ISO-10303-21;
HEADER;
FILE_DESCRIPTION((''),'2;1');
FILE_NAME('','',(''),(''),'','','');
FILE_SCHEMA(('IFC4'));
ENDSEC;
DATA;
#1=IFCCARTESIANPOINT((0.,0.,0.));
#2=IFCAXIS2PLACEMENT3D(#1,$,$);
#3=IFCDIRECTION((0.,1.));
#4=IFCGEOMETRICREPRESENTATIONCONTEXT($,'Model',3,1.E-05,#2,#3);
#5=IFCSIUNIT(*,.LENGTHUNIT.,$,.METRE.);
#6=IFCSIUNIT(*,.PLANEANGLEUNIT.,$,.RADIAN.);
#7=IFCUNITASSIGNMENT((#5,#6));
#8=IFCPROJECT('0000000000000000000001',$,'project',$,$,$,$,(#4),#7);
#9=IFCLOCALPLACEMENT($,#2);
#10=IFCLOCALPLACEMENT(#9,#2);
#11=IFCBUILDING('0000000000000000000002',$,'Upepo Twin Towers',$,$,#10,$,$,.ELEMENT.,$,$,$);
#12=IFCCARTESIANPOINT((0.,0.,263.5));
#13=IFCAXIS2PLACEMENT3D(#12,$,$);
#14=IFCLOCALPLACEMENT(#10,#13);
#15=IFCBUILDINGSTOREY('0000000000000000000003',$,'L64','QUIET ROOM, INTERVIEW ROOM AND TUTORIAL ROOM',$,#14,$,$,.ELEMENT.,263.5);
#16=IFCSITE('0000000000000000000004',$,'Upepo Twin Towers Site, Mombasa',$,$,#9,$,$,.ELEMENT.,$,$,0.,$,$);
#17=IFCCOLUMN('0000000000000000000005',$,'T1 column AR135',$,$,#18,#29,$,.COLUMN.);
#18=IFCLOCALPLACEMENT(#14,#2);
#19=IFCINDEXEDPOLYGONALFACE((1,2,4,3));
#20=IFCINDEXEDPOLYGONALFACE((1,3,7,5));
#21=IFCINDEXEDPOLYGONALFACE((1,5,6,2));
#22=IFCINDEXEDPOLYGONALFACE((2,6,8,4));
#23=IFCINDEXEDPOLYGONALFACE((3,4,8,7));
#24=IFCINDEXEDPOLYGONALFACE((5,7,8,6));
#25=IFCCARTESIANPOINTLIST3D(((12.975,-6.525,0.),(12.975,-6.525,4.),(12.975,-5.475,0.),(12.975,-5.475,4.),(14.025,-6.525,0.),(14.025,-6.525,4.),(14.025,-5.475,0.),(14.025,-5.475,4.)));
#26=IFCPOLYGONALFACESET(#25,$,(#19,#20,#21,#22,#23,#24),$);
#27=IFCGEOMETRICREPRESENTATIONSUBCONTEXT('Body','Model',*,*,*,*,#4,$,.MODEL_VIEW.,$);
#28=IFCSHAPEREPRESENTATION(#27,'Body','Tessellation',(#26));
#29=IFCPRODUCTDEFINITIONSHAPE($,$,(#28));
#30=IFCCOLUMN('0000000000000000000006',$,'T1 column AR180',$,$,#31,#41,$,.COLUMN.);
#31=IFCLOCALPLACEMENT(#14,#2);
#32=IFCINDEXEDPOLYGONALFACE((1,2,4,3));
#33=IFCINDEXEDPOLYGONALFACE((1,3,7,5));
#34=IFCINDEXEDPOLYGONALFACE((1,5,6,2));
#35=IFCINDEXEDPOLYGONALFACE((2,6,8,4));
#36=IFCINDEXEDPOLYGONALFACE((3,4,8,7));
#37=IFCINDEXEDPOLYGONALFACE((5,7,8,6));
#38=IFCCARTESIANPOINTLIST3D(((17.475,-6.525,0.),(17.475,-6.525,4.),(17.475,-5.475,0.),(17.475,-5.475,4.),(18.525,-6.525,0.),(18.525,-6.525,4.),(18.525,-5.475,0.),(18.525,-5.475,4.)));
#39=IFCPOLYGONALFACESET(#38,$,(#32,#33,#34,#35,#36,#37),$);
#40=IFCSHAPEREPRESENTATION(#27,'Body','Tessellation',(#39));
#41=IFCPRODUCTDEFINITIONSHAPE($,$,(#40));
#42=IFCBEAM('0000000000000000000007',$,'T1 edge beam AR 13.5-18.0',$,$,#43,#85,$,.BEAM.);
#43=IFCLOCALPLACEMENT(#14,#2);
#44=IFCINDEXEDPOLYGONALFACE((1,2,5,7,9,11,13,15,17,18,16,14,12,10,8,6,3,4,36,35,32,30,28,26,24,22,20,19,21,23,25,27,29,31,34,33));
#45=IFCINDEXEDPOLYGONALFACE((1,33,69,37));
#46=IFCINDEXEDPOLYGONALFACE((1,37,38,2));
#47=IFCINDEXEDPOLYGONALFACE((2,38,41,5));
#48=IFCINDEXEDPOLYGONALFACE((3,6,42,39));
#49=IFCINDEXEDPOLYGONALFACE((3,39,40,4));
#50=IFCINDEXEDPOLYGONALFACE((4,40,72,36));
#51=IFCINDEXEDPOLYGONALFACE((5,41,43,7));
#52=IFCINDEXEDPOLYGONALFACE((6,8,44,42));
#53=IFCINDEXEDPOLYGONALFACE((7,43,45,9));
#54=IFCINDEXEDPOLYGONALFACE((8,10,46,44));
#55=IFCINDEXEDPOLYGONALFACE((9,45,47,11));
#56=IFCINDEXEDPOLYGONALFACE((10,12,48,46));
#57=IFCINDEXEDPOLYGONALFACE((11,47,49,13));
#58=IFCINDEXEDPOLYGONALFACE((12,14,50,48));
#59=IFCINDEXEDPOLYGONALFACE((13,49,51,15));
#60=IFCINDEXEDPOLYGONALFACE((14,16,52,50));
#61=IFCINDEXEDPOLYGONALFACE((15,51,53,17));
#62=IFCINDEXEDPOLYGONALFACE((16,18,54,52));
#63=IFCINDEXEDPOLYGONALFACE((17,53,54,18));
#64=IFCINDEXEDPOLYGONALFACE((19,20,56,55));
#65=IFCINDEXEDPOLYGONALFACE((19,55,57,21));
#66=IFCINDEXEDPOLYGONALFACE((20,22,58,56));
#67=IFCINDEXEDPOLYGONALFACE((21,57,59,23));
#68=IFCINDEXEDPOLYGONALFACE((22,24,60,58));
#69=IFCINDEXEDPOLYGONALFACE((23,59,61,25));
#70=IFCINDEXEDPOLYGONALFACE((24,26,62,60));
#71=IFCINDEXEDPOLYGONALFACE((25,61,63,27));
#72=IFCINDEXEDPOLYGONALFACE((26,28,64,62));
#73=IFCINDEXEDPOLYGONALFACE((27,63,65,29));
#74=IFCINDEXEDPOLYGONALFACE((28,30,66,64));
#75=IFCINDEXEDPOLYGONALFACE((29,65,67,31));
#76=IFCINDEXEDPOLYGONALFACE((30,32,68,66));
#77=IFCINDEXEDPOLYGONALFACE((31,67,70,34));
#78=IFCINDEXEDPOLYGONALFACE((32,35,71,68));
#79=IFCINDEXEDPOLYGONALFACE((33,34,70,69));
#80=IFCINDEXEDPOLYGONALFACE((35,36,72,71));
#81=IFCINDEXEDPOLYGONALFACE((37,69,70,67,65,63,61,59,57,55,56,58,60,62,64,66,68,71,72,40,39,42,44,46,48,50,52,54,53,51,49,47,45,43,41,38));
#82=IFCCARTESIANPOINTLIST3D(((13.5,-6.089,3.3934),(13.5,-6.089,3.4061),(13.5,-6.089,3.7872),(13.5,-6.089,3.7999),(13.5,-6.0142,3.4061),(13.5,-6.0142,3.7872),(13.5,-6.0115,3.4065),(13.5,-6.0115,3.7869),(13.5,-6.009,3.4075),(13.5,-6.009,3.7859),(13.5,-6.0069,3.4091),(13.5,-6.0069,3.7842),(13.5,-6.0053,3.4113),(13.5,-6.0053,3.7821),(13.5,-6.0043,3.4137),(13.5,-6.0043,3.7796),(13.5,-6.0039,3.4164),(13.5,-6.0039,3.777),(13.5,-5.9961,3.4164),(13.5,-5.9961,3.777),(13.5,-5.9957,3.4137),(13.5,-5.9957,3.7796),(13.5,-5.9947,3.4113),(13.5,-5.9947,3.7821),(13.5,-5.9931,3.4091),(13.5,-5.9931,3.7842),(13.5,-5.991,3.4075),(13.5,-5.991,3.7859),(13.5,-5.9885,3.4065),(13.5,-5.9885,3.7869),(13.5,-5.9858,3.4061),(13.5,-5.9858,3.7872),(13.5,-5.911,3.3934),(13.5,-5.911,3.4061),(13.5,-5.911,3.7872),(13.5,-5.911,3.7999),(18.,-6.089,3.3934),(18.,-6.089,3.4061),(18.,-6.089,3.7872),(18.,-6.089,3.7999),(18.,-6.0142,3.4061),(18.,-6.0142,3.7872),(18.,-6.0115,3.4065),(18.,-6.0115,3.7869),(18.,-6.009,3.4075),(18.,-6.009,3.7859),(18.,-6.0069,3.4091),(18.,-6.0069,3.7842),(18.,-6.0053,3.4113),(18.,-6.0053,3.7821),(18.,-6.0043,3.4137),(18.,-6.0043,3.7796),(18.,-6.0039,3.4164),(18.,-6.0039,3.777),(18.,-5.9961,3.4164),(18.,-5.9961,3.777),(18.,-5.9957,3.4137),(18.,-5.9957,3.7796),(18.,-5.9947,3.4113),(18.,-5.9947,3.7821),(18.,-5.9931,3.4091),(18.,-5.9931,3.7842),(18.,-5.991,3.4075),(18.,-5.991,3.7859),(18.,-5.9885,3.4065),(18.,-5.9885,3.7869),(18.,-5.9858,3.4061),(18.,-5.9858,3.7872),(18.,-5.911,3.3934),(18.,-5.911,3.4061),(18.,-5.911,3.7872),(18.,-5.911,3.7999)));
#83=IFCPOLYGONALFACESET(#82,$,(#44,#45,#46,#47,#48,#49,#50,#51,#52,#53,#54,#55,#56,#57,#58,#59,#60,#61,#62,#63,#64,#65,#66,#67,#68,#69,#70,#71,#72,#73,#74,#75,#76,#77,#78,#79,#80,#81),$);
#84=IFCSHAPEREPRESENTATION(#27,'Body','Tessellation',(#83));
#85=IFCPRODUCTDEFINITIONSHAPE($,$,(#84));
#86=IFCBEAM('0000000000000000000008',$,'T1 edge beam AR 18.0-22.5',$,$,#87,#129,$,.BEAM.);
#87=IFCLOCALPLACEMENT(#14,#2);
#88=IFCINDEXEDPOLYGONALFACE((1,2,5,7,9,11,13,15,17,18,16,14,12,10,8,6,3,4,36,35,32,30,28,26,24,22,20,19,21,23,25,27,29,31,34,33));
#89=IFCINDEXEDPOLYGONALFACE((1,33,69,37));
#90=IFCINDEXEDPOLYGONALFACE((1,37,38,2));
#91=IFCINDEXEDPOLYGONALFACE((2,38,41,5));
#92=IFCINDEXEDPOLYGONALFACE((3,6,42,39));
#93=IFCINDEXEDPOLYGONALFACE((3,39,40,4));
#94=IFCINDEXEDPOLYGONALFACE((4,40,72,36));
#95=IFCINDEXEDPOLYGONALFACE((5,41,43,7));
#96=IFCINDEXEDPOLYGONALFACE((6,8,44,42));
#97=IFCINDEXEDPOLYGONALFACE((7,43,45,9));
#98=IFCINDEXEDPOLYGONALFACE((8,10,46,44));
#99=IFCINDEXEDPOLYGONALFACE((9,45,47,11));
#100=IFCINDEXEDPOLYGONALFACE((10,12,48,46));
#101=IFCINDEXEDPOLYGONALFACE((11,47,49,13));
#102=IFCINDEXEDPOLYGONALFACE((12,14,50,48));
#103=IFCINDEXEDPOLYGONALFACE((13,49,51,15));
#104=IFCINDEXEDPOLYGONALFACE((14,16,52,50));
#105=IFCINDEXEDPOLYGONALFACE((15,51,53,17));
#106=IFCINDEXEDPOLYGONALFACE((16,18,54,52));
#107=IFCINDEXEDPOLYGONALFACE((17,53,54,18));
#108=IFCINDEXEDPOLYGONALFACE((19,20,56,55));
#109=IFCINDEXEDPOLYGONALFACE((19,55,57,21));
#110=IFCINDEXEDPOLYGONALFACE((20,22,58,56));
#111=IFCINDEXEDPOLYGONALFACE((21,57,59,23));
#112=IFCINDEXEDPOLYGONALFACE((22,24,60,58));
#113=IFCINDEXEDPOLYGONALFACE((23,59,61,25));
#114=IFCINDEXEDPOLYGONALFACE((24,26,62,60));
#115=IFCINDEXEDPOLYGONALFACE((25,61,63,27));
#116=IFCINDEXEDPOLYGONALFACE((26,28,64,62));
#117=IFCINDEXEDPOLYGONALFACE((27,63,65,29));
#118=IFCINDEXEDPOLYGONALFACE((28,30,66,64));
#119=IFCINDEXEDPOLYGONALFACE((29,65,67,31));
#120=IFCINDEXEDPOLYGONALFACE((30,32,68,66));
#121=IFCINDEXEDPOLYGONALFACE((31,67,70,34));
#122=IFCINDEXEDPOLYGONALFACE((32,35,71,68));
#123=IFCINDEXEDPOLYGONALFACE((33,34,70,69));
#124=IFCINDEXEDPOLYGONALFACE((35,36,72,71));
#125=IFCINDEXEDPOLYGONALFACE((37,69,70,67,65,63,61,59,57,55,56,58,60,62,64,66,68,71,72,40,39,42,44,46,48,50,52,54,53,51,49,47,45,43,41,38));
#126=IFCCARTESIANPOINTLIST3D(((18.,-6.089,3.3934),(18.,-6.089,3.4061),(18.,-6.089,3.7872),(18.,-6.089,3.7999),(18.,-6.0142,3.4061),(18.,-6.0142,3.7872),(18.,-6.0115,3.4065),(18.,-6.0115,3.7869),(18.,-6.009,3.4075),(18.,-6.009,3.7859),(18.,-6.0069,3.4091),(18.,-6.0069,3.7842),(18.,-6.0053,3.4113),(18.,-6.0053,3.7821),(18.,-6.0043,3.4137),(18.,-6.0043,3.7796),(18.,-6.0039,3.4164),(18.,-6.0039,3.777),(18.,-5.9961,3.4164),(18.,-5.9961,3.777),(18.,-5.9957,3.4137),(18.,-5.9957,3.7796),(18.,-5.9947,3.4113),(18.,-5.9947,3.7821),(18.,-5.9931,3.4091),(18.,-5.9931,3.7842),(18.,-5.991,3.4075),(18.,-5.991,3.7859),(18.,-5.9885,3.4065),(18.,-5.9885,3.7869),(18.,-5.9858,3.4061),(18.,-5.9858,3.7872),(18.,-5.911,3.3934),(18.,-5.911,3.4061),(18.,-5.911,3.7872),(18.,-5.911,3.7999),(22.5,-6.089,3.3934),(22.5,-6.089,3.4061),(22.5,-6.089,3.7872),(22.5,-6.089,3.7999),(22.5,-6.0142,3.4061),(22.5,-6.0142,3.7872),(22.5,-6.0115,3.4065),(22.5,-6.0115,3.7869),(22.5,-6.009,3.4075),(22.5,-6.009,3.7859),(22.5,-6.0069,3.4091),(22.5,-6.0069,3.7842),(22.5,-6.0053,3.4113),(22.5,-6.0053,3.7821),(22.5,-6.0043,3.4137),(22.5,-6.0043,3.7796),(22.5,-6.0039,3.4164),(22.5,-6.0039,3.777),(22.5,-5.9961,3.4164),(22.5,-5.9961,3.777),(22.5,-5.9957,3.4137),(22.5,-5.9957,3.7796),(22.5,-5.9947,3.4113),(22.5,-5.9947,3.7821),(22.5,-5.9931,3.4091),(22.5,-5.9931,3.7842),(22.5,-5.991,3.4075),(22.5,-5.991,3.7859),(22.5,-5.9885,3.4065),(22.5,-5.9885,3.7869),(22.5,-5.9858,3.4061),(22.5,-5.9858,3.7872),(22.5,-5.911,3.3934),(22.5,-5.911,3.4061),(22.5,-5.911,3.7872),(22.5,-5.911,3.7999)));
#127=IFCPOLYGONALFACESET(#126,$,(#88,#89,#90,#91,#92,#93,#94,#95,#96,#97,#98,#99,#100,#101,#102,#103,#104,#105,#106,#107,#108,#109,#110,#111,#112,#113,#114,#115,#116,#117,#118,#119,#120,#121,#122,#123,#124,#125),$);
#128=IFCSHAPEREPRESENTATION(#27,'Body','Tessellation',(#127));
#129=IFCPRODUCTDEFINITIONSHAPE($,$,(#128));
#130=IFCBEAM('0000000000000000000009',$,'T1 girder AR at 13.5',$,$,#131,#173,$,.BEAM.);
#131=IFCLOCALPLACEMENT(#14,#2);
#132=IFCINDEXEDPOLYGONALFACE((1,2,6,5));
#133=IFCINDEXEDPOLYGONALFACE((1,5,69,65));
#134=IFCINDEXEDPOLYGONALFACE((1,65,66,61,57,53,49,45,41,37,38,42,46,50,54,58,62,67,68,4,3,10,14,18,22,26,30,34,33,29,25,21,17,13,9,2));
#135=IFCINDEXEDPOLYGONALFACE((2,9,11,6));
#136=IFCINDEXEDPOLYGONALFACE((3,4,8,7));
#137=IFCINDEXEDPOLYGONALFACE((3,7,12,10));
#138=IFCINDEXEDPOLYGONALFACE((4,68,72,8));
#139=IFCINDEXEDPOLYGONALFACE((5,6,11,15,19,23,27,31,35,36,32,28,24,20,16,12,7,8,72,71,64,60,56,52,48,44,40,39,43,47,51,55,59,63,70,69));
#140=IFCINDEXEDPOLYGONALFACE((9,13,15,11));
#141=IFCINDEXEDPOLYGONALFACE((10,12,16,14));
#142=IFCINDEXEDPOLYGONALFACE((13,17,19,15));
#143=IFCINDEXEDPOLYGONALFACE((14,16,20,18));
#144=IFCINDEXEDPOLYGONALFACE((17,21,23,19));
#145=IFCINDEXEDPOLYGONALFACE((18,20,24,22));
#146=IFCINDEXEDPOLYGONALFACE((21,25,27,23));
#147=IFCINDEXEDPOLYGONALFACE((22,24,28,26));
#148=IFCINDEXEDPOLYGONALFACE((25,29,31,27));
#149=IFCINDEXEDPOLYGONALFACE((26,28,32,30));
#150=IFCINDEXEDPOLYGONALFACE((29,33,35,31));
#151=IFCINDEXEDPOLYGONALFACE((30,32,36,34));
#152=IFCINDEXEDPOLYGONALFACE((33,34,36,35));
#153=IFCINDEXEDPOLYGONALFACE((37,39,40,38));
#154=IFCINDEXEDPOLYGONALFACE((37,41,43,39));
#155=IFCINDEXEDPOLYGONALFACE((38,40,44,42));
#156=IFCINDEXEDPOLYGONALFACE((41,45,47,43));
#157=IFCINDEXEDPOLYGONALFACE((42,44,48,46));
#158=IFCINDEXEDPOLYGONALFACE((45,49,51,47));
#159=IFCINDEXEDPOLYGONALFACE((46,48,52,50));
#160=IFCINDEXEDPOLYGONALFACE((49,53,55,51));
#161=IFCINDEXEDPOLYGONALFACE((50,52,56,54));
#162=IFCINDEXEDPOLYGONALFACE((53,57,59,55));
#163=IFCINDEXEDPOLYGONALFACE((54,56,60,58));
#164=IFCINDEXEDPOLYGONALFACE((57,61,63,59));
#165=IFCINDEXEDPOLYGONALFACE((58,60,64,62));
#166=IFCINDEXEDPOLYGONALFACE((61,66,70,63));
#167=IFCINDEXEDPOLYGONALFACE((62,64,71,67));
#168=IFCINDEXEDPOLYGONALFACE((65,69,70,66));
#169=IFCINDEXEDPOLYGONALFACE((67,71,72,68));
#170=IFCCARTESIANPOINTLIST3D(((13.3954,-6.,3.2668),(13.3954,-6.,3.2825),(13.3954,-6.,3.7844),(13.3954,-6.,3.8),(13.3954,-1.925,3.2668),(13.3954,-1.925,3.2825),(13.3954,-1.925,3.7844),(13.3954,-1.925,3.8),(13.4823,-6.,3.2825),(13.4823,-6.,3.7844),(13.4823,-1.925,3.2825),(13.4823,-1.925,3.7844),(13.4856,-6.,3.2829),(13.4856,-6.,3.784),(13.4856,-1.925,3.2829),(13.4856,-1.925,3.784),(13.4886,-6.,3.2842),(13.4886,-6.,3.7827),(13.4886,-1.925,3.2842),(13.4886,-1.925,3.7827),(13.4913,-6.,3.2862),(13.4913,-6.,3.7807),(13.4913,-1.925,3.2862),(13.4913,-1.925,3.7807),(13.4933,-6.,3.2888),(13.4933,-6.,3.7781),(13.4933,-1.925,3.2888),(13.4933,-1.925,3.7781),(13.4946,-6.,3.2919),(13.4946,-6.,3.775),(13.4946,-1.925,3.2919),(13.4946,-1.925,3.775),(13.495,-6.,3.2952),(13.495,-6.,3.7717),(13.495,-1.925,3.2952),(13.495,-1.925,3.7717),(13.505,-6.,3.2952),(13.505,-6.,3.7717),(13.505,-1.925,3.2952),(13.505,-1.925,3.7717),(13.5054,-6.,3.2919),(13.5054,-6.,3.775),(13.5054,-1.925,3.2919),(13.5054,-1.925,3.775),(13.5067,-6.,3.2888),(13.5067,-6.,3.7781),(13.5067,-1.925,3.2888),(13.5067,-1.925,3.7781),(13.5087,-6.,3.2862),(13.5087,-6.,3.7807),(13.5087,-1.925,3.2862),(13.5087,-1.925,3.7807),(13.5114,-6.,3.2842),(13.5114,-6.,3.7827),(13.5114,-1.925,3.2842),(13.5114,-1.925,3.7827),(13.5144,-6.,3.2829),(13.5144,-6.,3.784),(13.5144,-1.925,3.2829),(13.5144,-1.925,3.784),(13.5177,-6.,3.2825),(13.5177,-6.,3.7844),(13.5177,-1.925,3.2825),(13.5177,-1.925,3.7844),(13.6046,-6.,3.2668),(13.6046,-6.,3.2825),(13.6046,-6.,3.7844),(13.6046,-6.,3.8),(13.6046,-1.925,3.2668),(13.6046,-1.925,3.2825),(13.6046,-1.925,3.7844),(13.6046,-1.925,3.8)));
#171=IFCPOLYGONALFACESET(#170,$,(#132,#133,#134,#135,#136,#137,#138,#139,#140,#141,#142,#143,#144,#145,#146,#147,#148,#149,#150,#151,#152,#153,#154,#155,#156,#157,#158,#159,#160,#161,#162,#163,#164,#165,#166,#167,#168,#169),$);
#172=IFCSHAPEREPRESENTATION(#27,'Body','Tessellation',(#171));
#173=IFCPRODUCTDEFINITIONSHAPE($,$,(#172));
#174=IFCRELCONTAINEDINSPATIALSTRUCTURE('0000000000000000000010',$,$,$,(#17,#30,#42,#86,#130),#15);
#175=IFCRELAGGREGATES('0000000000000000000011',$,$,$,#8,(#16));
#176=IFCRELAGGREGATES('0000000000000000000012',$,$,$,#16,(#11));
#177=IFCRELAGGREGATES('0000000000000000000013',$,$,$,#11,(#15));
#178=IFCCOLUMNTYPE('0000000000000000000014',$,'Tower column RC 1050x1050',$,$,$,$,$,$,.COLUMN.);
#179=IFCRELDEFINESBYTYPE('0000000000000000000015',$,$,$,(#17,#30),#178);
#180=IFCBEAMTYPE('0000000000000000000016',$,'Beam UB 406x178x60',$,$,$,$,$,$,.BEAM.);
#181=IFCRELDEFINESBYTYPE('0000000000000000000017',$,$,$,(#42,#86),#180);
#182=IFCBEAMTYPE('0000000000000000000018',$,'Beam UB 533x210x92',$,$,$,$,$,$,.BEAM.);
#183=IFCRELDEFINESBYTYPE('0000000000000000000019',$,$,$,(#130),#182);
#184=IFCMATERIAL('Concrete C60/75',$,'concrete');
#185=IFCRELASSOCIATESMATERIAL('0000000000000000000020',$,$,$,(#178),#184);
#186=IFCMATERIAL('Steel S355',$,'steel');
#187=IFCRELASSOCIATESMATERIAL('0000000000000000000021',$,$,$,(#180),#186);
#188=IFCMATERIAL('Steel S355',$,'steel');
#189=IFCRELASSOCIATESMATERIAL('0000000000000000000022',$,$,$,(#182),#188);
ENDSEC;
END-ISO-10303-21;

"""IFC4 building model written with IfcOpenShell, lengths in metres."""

from ifc_helpers import new_model, si_unit, direction, frame, origin, origin_2d, place, context, subcontext, project, spatial, rectangle, i_section, extrude, material, material_profile, profile_set, type_object, element, save


model = new_model("IFC4")

# Units and contexts
model_context = context("Model", 3, precision=1e-05, world=origin(), true_north=direction((0.0, 1.0)))
body_context = subcontext(model_context, "Body", "Model", "MODEL_VIEW")
ifc_project = project(units=[si_unit("LENGTHUNIT", "METRE"), si_unit("PLANEANGLEUNIT", "RADIAN")], contexts=[model_context])

# Site, building, storey
site_placement = place(None, origin())
site = spatial("IfcSite", under=ifc_project, at=site_placement, Name="Upepo Twin Towers Site, Mombasa", CompositionType="ELEMENT", RefElevation=0.0)
building_placement = place(site_placement, origin())
building = spatial("IfcBuilding", under=site, at=building_placement, Name="Upepo Twin Towers", CompositionType="ELEMENT")
storey_placement = place(building_placement, frame((0.0, 0.0, 263.5)))
storey = spatial("IfcBuildingStorey", under=building, at=storey_placement, Name="L64", Description="QUIET ROOM, INTERVIEW ROOM AND TUTORIAL ROOM", CompositionType="ELEMENT", Elevation=263.5)

# Columns
ifc_material_1 = material(Name="Concrete C60/75", Category="concrete")
ifc_material_profile_1 = material_profile(ifc_material_1, rectangle(XDim=1.05, YDim=1.05, at=origin_2d()), Name="RC 1050x1050")
ifc_profile_set_1 = profile_set([ifc_material_profile_1], Name="Concrete C60/75")
column_type = type_object("IfcColumnType", Name="Tower column RC 1050x1050", PredefinedType="COLUMN", material=ifc_profile_set_1)
for number, where, z_axis, x_axis, name in (
    (1, (13.5, -6.0, 0.0), (0.0, 0.0, 1.0), (1.0, 0.0, 0.0), "T1 column AR135"),
    (2, (18.0, -6.0, 0.0), (0.0, 0.0, 1.0), (1.0, 0.0, 0.0), "T1 column AR180"),
):
    element("IfcColumn", number, at=place(storey_placement, frame(where, z_axis=z_axis, x_axis=x_axis)), inside=storey, type_object=column_type, Name=name, PredefinedType="COLUMN", context=body_context, shape_type="SweptSolid", body=[
        extrude(rectangle(XDim=1.05, YDim=1.05, at=origin_2d()), origin(), (0.0, 0.0, 1.0), 4.0),
    ])

# Beams
ifc_material_2 = material(Name="Steel S355", Category="steel")
ifc_material_profile_2 = material_profile(ifc_material_2, i_section(OverallWidth=0.178, OverallDepth=0.4065, WebThickness=0.0078, FlangeThickness=0.0127, FilletRadius=0.0103, at=origin_2d()), Name="UB 406x178x60")
ifc_profile_set_2 = profile_set([ifc_material_profile_2], Name="Steel S355")
beam_type_1 = type_object("IfcBeamType", Name="Beam UB 406x178x60", PredefinedType="BEAM", material=ifc_profile_set_2)
for number, where, z_axis, x_axis, name in (
    (3, (13.5, -6.0, 3.5967), (1.0, 0.0, 0.0), (0.0, 1.0, 0.0), "T1 edge beam AR 13.5-18.0"),
    (4, (18.0, -6.0, 3.5967), (1.0, 0.0, 0.0), (0.0, 1.0, 0.0), "T1 edge beam AR 18.0-22.5"),
):
    element("IfcBeam", number, at=place(storey_placement, frame(where, z_axis=z_axis, x_axis=x_axis)), inside=storey, type_object=beam_type_1, Name=name, PredefinedType="BEAM", context=body_context, shape_type="SweptSolid", body=[
        extrude(i_section(OverallWidth=0.178, OverallDepth=0.4065, WebThickness=0.0078, FlangeThickness=0.0127, FilletRadius=0.0103, at=origin_2d()), origin(), (0.0, 0.0, 1.0), 4.5),
    ])
ifc_material_3 = material(Name="Steel S355", Category="steel")
ifc_material_profile_3 = material_profile(ifc_material_3, i_section(OverallWidth=0.2092, OverallDepth=0.5332, WebThickness=0.01, FlangeThickness=0.0156, FilletRadius=0.0127, at=origin_2d()), Name="UB 533x210x92")
ifc_profile_set_3 = profile_set([ifc_material_profile_3], Name="Steel S355")
beam_type_2 = type_object("IfcBeamType", Name="Beam UB 533x210x92", PredefinedType="BEAM", material=ifc_profile_set_3)
for number, where, z_axis, x_axis, name in (
    (5, (13.5, -6.0, 3.5334), (0.0, 1.0, 0.0), (-1.0, 0.0, 0.0), "T1 girder AR at 13.5"),
):
    element("IfcBeam", number, at=place(storey_placement, frame(where, z_axis=z_axis, x_axis=x_axis)), inside=storey, type_object=beam_type_2, Name=name, PredefinedType="BEAM", context=body_context, shape_type="SweptSolid", body=[
        extrude(i_section(OverallWidth=0.2092, OverallDepth=0.5332, WebThickness=0.01, FlangeThickness=0.0156, FilletRadius=0.0127, at=origin_2d()), origin(), (0.0, 0.0, 1.0), 4.075),
    ])

save(model, "model.ifc")
